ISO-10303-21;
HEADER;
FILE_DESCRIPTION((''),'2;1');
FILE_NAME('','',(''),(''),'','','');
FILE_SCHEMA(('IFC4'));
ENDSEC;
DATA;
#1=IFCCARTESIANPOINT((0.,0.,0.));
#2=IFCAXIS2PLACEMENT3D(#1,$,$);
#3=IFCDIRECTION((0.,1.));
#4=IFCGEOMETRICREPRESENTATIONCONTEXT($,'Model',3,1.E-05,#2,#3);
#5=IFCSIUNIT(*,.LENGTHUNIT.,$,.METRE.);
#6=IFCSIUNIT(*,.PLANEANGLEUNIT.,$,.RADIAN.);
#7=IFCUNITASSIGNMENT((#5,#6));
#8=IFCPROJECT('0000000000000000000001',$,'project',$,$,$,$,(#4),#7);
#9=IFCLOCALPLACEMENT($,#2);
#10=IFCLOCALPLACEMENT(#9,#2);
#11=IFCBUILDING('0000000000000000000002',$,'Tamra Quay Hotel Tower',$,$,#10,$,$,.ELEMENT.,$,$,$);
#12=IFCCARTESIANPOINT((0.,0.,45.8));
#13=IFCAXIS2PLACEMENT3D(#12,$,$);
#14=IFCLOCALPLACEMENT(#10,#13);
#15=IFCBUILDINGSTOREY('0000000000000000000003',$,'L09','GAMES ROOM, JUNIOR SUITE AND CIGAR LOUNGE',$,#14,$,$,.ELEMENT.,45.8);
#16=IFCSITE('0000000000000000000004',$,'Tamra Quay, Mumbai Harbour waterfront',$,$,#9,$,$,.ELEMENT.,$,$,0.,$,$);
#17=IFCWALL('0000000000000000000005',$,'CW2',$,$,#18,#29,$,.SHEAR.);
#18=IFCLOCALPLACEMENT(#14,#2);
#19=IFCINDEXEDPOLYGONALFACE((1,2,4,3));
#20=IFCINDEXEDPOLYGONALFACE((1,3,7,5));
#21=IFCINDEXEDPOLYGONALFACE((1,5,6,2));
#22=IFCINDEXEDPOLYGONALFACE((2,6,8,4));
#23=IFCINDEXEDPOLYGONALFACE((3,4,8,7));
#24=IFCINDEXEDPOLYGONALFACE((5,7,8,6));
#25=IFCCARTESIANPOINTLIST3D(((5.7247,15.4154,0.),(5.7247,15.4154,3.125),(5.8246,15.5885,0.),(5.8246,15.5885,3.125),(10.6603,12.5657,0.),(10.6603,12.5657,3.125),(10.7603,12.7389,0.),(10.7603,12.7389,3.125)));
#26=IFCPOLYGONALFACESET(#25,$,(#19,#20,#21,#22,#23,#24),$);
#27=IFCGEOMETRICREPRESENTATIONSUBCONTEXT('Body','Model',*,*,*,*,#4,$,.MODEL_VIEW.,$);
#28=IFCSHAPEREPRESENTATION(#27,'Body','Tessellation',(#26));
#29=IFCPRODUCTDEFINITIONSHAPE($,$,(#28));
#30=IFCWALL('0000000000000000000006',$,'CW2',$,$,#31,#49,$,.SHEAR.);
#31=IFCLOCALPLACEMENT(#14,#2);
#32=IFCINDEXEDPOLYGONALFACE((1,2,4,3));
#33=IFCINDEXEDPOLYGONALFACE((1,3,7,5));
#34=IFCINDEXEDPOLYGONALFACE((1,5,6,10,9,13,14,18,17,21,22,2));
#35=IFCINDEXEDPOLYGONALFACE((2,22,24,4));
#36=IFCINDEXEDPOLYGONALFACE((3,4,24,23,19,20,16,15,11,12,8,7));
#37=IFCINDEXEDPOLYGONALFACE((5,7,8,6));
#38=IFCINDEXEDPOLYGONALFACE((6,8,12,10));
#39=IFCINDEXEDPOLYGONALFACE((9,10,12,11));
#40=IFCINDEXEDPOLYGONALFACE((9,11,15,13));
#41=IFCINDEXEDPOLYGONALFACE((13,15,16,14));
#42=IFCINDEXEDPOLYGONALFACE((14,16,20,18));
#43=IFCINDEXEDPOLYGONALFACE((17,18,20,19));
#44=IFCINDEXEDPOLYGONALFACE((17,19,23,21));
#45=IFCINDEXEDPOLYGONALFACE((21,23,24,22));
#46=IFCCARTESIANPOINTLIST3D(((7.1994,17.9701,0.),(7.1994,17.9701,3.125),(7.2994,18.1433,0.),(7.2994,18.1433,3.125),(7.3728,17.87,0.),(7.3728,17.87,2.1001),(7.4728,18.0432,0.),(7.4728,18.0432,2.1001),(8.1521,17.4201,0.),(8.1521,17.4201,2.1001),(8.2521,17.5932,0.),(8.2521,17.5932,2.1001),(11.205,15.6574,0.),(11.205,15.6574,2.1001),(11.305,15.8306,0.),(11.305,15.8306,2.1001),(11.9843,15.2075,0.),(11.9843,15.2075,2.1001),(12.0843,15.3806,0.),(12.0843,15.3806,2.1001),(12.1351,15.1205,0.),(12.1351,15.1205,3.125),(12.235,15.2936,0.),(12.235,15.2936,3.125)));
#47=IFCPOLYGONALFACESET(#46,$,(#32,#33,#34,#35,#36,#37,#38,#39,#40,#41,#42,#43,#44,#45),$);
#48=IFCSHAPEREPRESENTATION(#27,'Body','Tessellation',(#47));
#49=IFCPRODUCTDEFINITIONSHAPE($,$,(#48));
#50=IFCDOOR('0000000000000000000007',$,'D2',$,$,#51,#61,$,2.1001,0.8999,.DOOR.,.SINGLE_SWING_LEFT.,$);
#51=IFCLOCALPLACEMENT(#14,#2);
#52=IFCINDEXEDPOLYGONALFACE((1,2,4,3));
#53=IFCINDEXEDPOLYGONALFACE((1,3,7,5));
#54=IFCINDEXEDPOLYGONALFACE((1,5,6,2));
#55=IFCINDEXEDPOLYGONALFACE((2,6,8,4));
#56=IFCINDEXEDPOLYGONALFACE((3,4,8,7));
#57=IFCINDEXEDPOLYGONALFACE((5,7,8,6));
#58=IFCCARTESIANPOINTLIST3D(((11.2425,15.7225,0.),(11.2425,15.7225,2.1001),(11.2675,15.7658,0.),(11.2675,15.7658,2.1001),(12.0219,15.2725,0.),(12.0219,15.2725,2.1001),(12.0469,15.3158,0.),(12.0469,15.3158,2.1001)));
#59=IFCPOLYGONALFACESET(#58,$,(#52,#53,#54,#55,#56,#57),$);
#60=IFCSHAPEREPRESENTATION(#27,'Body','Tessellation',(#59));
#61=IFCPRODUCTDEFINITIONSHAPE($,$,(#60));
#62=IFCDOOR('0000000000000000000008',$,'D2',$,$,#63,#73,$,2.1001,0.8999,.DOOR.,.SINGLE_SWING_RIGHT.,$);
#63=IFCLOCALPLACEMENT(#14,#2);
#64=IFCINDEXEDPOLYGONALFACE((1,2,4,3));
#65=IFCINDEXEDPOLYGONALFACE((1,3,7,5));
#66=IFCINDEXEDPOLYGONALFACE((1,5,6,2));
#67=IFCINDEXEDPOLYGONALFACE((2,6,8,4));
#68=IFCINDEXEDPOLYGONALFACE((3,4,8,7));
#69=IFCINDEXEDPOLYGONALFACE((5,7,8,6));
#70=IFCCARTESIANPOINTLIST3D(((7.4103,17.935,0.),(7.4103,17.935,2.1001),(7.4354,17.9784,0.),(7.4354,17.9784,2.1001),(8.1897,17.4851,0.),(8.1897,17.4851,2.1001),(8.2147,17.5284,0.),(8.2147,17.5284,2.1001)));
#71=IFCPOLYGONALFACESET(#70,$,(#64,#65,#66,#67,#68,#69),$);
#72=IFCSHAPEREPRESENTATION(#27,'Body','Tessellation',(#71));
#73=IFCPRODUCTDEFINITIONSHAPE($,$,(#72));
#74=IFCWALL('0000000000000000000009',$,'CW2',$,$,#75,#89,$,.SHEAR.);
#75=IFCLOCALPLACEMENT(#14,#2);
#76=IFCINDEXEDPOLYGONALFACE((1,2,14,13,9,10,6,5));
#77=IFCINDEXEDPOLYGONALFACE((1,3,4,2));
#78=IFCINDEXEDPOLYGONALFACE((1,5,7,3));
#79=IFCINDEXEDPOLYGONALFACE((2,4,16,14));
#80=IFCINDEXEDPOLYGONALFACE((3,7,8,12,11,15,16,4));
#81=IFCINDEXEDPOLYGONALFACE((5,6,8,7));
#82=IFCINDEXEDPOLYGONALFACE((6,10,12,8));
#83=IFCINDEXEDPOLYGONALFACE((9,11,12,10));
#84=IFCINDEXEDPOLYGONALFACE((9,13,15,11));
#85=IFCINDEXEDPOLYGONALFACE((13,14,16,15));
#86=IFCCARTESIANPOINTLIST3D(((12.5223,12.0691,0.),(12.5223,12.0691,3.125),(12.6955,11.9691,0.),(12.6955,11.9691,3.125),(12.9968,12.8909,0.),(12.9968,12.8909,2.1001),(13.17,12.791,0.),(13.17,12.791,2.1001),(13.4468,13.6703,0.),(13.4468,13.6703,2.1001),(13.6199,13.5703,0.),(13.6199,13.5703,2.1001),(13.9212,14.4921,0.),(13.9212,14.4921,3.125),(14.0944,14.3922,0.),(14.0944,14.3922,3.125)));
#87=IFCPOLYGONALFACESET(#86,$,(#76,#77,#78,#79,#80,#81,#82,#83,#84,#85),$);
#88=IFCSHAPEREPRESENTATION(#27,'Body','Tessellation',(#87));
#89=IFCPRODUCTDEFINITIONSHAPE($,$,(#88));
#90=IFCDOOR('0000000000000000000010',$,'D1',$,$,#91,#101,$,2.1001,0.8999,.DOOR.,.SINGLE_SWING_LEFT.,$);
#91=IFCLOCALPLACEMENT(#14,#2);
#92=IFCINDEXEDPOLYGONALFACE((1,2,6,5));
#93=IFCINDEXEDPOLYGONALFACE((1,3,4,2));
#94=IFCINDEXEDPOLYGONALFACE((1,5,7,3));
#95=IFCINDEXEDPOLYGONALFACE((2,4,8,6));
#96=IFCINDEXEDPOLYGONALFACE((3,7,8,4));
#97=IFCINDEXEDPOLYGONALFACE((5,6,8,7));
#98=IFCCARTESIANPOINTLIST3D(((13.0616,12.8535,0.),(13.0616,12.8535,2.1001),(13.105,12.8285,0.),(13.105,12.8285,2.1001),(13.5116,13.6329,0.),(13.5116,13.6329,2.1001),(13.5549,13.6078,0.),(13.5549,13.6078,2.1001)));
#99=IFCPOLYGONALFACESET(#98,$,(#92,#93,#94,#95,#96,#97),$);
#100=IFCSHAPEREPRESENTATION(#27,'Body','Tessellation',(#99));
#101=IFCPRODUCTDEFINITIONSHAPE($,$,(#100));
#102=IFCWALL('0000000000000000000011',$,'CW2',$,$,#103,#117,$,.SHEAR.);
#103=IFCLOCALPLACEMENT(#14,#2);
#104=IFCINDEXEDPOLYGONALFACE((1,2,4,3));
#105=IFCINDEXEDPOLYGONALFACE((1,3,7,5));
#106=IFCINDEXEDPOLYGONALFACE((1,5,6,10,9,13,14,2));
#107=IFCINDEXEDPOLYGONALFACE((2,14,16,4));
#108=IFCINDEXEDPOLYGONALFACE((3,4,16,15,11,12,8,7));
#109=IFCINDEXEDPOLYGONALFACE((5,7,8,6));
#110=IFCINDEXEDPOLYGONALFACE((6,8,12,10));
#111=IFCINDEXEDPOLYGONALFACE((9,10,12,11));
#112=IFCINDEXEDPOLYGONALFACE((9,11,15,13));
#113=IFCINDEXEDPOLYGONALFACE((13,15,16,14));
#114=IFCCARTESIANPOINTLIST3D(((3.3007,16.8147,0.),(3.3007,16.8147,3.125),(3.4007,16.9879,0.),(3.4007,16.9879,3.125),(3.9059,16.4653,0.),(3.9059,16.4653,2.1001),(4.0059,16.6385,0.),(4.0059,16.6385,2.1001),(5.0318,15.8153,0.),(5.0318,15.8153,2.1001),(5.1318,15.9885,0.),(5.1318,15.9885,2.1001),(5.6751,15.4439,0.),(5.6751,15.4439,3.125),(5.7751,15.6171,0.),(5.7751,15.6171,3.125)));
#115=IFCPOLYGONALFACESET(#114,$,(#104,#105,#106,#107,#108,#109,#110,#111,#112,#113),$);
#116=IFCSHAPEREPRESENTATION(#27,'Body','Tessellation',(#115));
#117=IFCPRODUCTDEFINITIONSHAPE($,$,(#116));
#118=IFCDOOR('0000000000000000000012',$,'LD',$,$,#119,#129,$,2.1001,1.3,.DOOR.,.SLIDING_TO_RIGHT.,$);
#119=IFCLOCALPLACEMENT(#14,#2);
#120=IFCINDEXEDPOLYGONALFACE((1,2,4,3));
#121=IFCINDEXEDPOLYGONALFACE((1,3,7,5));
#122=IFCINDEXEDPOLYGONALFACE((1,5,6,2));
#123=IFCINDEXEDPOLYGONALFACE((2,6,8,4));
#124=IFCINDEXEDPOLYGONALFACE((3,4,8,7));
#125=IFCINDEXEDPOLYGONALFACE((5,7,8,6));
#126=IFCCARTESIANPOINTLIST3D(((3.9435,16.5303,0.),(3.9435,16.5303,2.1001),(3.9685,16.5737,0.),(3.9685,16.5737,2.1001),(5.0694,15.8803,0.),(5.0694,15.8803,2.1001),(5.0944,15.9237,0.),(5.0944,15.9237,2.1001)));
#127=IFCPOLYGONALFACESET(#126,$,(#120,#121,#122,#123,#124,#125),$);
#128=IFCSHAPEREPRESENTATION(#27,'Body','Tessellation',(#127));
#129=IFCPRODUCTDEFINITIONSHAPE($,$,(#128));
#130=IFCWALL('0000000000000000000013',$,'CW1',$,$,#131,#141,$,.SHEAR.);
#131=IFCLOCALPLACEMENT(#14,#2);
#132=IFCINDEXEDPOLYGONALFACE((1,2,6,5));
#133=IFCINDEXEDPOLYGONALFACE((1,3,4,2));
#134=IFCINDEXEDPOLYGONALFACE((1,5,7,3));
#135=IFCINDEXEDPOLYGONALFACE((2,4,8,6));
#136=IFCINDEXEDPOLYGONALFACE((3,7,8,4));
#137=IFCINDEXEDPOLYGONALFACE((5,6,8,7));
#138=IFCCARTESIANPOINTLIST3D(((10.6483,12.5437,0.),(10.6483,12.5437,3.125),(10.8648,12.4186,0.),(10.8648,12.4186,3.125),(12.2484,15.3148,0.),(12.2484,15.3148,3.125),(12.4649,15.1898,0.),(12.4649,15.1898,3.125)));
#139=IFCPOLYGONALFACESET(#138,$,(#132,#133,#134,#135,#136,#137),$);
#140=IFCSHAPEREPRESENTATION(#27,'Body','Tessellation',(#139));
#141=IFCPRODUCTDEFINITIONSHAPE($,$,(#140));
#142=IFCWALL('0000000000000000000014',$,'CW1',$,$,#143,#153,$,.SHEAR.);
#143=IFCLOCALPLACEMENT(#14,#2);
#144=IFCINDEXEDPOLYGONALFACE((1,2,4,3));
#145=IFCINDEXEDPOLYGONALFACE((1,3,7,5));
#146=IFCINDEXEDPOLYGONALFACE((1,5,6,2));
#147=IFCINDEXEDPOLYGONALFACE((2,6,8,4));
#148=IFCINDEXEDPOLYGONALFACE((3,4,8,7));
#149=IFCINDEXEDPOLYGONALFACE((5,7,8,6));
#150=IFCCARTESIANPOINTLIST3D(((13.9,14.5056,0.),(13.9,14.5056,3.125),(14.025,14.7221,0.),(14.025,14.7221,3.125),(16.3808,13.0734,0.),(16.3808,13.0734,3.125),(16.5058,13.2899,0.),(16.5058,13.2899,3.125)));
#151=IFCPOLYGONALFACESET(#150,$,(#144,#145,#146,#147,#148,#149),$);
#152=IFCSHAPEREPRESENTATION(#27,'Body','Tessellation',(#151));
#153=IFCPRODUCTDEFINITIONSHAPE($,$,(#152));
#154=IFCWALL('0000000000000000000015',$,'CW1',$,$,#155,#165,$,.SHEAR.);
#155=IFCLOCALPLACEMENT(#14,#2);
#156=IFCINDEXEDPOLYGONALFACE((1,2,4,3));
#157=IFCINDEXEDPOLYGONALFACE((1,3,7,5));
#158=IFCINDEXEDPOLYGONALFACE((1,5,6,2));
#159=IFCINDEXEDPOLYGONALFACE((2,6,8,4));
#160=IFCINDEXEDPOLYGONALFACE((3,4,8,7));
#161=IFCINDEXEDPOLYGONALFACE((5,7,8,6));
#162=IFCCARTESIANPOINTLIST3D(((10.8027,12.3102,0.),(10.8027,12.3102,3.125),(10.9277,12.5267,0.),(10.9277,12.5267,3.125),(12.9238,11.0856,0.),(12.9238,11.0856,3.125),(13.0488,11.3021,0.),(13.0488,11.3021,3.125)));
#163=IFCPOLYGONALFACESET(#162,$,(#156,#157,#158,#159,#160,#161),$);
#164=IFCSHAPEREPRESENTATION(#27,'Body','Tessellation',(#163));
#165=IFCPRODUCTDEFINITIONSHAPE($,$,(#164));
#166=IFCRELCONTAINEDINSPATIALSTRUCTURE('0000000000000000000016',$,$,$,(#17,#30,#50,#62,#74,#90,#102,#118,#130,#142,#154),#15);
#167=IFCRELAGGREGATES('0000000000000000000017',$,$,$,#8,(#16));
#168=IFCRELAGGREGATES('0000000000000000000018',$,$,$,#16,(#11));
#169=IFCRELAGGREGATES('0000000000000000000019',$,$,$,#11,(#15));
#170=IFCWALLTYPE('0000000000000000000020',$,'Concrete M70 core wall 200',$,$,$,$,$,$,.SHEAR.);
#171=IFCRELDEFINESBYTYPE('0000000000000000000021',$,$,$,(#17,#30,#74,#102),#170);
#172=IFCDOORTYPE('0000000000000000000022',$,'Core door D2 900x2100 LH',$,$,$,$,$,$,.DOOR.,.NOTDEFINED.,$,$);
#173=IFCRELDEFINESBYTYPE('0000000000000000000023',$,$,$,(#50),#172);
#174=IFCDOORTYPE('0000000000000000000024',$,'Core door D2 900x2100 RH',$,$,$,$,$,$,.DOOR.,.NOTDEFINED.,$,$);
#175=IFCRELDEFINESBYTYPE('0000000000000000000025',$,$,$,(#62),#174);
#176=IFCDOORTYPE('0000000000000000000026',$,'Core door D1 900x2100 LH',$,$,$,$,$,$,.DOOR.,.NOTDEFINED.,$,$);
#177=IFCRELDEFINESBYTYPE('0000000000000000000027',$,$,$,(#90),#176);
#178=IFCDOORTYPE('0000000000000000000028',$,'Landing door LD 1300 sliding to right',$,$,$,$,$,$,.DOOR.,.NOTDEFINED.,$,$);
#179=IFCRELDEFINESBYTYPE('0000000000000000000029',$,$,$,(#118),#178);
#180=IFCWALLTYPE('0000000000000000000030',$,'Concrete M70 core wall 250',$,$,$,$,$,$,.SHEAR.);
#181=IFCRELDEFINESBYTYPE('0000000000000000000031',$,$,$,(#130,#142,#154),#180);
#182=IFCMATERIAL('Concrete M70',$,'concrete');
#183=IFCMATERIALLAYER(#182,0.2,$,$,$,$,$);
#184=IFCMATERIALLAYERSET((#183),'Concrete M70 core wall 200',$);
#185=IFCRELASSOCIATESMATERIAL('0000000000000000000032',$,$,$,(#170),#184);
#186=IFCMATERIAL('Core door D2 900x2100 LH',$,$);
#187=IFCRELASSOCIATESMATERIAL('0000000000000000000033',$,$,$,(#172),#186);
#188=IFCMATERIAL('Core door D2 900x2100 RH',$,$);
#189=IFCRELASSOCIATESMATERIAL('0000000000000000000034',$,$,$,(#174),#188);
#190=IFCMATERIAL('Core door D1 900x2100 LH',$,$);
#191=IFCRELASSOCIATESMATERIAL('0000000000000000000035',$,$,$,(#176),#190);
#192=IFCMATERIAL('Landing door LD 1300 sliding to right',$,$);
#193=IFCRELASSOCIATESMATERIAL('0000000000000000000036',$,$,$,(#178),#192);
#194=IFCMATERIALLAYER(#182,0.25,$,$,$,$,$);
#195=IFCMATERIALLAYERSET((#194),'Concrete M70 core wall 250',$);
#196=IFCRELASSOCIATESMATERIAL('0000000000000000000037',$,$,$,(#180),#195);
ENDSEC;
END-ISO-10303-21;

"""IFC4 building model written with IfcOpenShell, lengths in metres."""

from ifc_helpers import new_model, si_unit, direction, frame, frame_2d, origin, place, context, subcontext, project, spatial, rectangle, extrude, material, layer, layer_set, type_object, element, fill, save


model = new_model("IFC4")

# Units and contexts
model_context = context("Model", 3, precision=1e-05, world=origin(), true_north=direction((0.0, 1.0)))
body_context = subcontext(model_context, "Body", "Model", "MODEL_VIEW")
ifc_project = project(units=[si_unit("LENGTHUNIT", "METRE"), si_unit("PLANEANGLEUNIT", "RADIAN")], contexts=[model_context])

# Site, building, storey
site_placement = place(None, origin())
site = spatial("IfcSite", under=ifc_project, at=site_placement, Name="Tamra Quay, Mumbai Harbour waterfront", CompositionType="ELEMENT", RefElevation=0.0)
building_placement = place(site_placement, origin())
building = spatial("IfcBuilding", under=site, at=building_placement, Name="Tamra Quay Hotel Tower", CompositionType="ELEMENT")
storey_placement = place(building_placement, frame((0.0, 0.0, 45.8)))
storey = spatial("IfcBuildingStorey", under=building, at=storey_placement, Name="L09", Description="GAMES ROOM, JUNIOR SUITE AND CIGAR LOUNGE", CompositionType="ELEMENT", Elevation=45.8)

# Wall
ifc_material_1 = material(Name="Concrete M70", Category="concrete")
ifc_layer_1 = layer(ifc_material_1, 0.2)
ifc_layer_set_1 = layer_set([ifc_layer_1], Name="Concrete M70 core wall 200")
wall_type_1 = type_object("IfcWallType", Name="Concrete M70 core wall 200", PredefinedType="SHEAR", material=ifc_layer_set_1)
wall_1_placement = place(storey_placement, frame((5.7747, 15.502, 0.0), z_axis=(0.0, 0.0, 1.0), x_axis=(0.86602, -0.500009, 0.0)))
element("IfcWall", 1, at=wall_1_placement, inside=storey, type_object=wall_type_1, Name="CW2", PredefinedType="SHEAR", context=body_context, shape_type="SweptSolid", body=[
    extrude(rectangle(XDim=5.6992, YDim=0.2, at=frame_2d((2.8496, 0.0))), origin(), (0.0, 0.0, 1.0), 3.125),
])

# Wall, openings, doors
wall_2_placement = place(storey_placement, frame((12.1851, 15.207, 0.0), z_axis=(0.0, 0.0, 1.0), x_axis=(-0.86602, 0.500009, 0.0)))
wall_2 = element("IfcWall", 2, at=wall_2_placement, inside=storey, type_object=wall_type_1, Name="CW2", PredefinedType="SHEAR", context=body_context, shape_type="SweptSolid", body=[
    extrude(rectangle(XDim=5.6992, YDim=0.2, at=frame_2d((2.8496, 0.0))), origin(), (0.0, 0.0, 1.0), 3.125),
])
opening_1_placement = place(wall_2_placement, frame((0.1741, 0.0, 0.0)))
opening_1 = element("IfcOpeningElement", 3, at=opening_1_placement, cuts=wall_2, PredefinedType="OPENING", context=body_context, shape_type="SweptSolid", body=[
    extrude(rectangle(XDim=0.8999, YDim=2.1001, at=frame_2d((0.45, 1.05))), frame((0.0, 0.1099, 0.0), z_axis=(0.0, -1.0, 0.0), x_axis=(1.0, 0.0, 0.0)), (0.0, 0.0, 1.0), 0.22),
])
opening_2_placement = place(wall_2_placement, frame((4.5991, 0.0, 0.0)))
opening_2 = element("IfcOpeningElement", 4, at=opening_2_placement, cuts=wall_2, PredefinedType="OPENING", context=body_context, shape_type="SweptSolid", body=[
    extrude(rectangle(XDim=0.8999, YDim=2.1001, at=frame_2d((0.45, 1.05))), frame((0.0, 0.1099, 0.0), z_axis=(0.0, -1.0, 0.0), x_axis=(1.0, 0.0, 0.0)), (0.0, 0.0, 1.0), 0.22),
])
ifc_material_2 = material(Name="Core door D2 900x2100 LH")
door_type_1 = type_object("IfcDoorType", Name="Core door D2 900x2100 LH", OperationType="NOTDEFINED", PredefinedType="DOOR", material=ifc_material_2)
door_1_placement = place(opening_1_placement, origin())
door_1 = element("IfcDoor", 5, at=door_1_placement, inside=storey, type_object=door_type_1, Name="D2", OperationType="SINGLE_SWING_LEFT", OverallHeight=2.1001, OverallWidth=0.8999, PredefinedType="DOOR", context=body_context, shape_type="SweptSolid", body=[
    extrude(rectangle(XDim=0.8999, YDim=2.1001, at=frame_2d((0.45, 1.05))), frame((0.0, 0.0249, 0.0), z_axis=(0.0, -1.0, 0.0), x_axis=(1.0, 0.0, 0.0)), (0.0, 0.0, 1.0), 0.05),
])
fill(opening_1, door_1)
ifc_material_3 = material(Name="Core door D2 900x2100 RH")
door_type_2 = type_object("IfcDoorType", Name="Core door D2 900x2100 RH", OperationType="NOTDEFINED", PredefinedType="DOOR", material=ifc_material_3)
door_2_placement = place(opening_2_placement, origin())
door_2 = element("IfcDoor", 6, at=door_2_placement, inside=storey, type_object=door_type_2, Name="D2", OperationType="SINGLE_SWING_RIGHT", OverallHeight=2.1001, OverallWidth=0.8999, PredefinedType="DOOR", context=body_context, shape_type="SweptSolid", body=[
    extrude(rectangle(XDim=0.8999, YDim=2.1001, at=frame_2d((0.45, 1.05))), frame((0.0, 0.0249, 0.0), z_axis=(0.0, -1.0, 0.0), x_axis=(1.0, 0.0, 0.0)), (0.0, 0.0, 1.0), 0.05),
])
fill(opening_2, door_2)

# Walls, openings, doors
wall_3_placement = place(storey_placement, frame((14.0078, 14.4421, 0.0), z_axis=(0.0, 0.0, 1.0), x_axis=(-0.499987, -0.866033, 0.0)))
wall_3 = element("IfcWall", 7, at=wall_3_placement, inside=storey, type_object=wall_type_1, Name="CW2", PredefinedType="SHEAR", context=body_context, shape_type="SweptSolid", body=[
    extrude(rectangle(XDim=2.7979, YDim=0.2, at=frame_2d((1.3989, 0.0))), origin(), (0.0, 0.0, 1.0), 3.125),
])
opening_3_placement = place(wall_3_placement, frame((0.949, 0.0, 0.0)))
opening_3 = element("IfcOpeningElement", 8, at=opening_3_placement, cuts=wall_3, PredefinedType="OPENING", context=body_context, shape_type="SweptSolid", body=[
    extrude(rectangle(XDim=0.8999, YDim=2.1001, at=frame_2d((0.45, 1.05))), frame((0.0, 0.1099, 0.0), z_axis=(0.0, -1.0, 0.0), x_axis=(1.0, 0.0, 0.0)), (0.0, 0.0, 1.0), 0.22),
])
ifc_material_4 = material(Name="Core door D1 900x2100 LH")
door_type_3 = type_object("IfcDoorType", Name="Core door D1 900x2100 LH", OperationType="NOTDEFINED", PredefinedType="DOOR", material=ifc_material_4)
door_3_placement = place(opening_3_placement, origin())
door_3 = element("IfcDoor", 9, at=door_3_placement, inside=storey, type_object=door_type_3, Name="D1", OperationType="SINGLE_SWING_LEFT", OverallHeight=2.1001, OverallWidth=0.8999, PredefinedType="DOOR", context=body_context, shape_type="SweptSolid", body=[
    extrude(rectangle(XDim=0.8999, YDim=2.1001, at=frame_2d((0.45, 1.05))), frame((0.0, 0.0249, 0.0), z_axis=(0.0, -1.0, 0.0), x_axis=(1.0, 0.0, 0.0)), (0.0, 0.0, 1.0), 0.05),
])
fill(opening_3, door_3)
wall_4_placement = place(storey_placement, frame((5.7251, 15.5305, 0.0), z_axis=(0.0, 0.0, 1.0), x_axis=(-0.866037, 0.499979, 0.0)))
wall_4 = element("IfcWall", 10, at=wall_4_placement, inside=storey, type_object=wall_type_1, Name="CW2", PredefinedType="SHEAR", context=body_context, shape_type="SweptSolid", body=[
    extrude(rectangle(XDim=2.7417, YDim=0.2, at=frame_2d((1.3708, 0.0))), origin(), (0.0, 0.0, 1.0), 3.125),
])
opening_4_placement = place(wall_4_placement, frame((0.7429, 0.0, 0.0)))
opening_4 = element("IfcOpeningElement", 11, at=opening_4_placement, cuts=wall_4, PredefinedType="OPENING", context=body_context, shape_type="SweptSolid", body=[
    extrude(rectangle(XDim=1.3, YDim=2.1001, at=frame_2d((0.6499, 1.05))), frame((0.0, 0.1099, 0.0), z_axis=(0.0, -1.0, 0.0), x_axis=(1.0, 0.0, 0.0)), (0.0, 0.0, 1.0), 0.22),
])
ifc_material_5 = material(Name="Landing door LD 1300 sliding to right")
door_type_4 = type_object("IfcDoorType", Name="Landing door LD 1300 sliding to right", OperationType="NOTDEFINED", PredefinedType="DOOR", material=ifc_material_5)
door_4_placement = place(opening_4_placement, origin())
door_4 = element("IfcDoor", 12, at=door_4_placement, inside=storey, type_object=door_type_4, Name="LD", OperationType="SLIDING_TO_RIGHT", OverallHeight=2.1001, OverallWidth=1.3, PredefinedType="DOOR", context=body_context, shape_type="SweptSolid", body=[
    extrude(rectangle(XDim=1.3, YDim=2.1001, at=frame_2d((0.6499, 1.05))), frame((0.0, 0.0249, 0.0), z_axis=(0.0, -1.0, 0.0), x_axis=(1.0, 0.0, 0.0)), (0.0, 0.0, 1.0), 0.05),
])
fill(opening_4, door_4)

# Walls
ifc_layer_2 = layer(ifc_material_1, 0.25)
ifc_layer_set_2 = layer_set([ifc_layer_2], Name="Concrete M70 core wall 250")
wall_type_2 = type_object("IfcWallType", Name="Concrete M70 core wall 250", PredefinedType="SHEAR", material=ifc_layer_set_2)
wall_5_placement = place(storey_placement, frame((12.3567, 15.2524, 0.0), z_axis=(0.0, 0.0, 1.0), x_axis=(-0.500028, -0.866009, 0.0)))
element("IfcWall", 13, at=wall_5_placement, inside=storey, type_object=wall_type_2, Name="CW1", PredefinedType="SHEAR", context=body_context, shape_type="SweptSolid", body=[
    extrude(rectangle(XDim=3.2, YDim=0.25, at=frame_2d((1.6001, 0.0))), origin(), (0.0, 0.0, 1.0), 3.125),
])
wall_6_placement = place(storey_placement, frame((13.9626, 14.6138, 0.0), z_axis=(0.0, 0.0, 1.0), x_axis=(0.866042, -0.499971, 0.0)))
element("IfcWall", 14, at=wall_6_placement, inside=storey, type_object=wall_type_2, Name="CW1", PredefinedType="SHEAR", context=body_context, shape_type="SweptSolid", body=[
    extrude(rectangle(XDim=2.8645, YDim=0.25, at=frame_2d((1.4321, 0.0))), origin(), (0.0, 0.0, 1.0), 3.125),
])
wall_7_placement = place(storey_placement, frame((10.8652, 12.4185, 0.0), z_axis=(0.0, 0.0, 1.0), x_axis=(0.866026, -0.499999, 0.0)))
element("IfcWall", 15, at=wall_7_placement, inside=storey, type_object=wall_type_2, Name="CW1", PredefinedType="SHEAR", context=body_context, shape_type="SweptSolid", body=[
    extrude(rectangle(XDim=2.4492, YDim=0.25, at=frame_2d((1.2246, 0.0))), origin(), (0.0, 0.0, 1.0), 3.125),
])

save(model, "model.ifc")
